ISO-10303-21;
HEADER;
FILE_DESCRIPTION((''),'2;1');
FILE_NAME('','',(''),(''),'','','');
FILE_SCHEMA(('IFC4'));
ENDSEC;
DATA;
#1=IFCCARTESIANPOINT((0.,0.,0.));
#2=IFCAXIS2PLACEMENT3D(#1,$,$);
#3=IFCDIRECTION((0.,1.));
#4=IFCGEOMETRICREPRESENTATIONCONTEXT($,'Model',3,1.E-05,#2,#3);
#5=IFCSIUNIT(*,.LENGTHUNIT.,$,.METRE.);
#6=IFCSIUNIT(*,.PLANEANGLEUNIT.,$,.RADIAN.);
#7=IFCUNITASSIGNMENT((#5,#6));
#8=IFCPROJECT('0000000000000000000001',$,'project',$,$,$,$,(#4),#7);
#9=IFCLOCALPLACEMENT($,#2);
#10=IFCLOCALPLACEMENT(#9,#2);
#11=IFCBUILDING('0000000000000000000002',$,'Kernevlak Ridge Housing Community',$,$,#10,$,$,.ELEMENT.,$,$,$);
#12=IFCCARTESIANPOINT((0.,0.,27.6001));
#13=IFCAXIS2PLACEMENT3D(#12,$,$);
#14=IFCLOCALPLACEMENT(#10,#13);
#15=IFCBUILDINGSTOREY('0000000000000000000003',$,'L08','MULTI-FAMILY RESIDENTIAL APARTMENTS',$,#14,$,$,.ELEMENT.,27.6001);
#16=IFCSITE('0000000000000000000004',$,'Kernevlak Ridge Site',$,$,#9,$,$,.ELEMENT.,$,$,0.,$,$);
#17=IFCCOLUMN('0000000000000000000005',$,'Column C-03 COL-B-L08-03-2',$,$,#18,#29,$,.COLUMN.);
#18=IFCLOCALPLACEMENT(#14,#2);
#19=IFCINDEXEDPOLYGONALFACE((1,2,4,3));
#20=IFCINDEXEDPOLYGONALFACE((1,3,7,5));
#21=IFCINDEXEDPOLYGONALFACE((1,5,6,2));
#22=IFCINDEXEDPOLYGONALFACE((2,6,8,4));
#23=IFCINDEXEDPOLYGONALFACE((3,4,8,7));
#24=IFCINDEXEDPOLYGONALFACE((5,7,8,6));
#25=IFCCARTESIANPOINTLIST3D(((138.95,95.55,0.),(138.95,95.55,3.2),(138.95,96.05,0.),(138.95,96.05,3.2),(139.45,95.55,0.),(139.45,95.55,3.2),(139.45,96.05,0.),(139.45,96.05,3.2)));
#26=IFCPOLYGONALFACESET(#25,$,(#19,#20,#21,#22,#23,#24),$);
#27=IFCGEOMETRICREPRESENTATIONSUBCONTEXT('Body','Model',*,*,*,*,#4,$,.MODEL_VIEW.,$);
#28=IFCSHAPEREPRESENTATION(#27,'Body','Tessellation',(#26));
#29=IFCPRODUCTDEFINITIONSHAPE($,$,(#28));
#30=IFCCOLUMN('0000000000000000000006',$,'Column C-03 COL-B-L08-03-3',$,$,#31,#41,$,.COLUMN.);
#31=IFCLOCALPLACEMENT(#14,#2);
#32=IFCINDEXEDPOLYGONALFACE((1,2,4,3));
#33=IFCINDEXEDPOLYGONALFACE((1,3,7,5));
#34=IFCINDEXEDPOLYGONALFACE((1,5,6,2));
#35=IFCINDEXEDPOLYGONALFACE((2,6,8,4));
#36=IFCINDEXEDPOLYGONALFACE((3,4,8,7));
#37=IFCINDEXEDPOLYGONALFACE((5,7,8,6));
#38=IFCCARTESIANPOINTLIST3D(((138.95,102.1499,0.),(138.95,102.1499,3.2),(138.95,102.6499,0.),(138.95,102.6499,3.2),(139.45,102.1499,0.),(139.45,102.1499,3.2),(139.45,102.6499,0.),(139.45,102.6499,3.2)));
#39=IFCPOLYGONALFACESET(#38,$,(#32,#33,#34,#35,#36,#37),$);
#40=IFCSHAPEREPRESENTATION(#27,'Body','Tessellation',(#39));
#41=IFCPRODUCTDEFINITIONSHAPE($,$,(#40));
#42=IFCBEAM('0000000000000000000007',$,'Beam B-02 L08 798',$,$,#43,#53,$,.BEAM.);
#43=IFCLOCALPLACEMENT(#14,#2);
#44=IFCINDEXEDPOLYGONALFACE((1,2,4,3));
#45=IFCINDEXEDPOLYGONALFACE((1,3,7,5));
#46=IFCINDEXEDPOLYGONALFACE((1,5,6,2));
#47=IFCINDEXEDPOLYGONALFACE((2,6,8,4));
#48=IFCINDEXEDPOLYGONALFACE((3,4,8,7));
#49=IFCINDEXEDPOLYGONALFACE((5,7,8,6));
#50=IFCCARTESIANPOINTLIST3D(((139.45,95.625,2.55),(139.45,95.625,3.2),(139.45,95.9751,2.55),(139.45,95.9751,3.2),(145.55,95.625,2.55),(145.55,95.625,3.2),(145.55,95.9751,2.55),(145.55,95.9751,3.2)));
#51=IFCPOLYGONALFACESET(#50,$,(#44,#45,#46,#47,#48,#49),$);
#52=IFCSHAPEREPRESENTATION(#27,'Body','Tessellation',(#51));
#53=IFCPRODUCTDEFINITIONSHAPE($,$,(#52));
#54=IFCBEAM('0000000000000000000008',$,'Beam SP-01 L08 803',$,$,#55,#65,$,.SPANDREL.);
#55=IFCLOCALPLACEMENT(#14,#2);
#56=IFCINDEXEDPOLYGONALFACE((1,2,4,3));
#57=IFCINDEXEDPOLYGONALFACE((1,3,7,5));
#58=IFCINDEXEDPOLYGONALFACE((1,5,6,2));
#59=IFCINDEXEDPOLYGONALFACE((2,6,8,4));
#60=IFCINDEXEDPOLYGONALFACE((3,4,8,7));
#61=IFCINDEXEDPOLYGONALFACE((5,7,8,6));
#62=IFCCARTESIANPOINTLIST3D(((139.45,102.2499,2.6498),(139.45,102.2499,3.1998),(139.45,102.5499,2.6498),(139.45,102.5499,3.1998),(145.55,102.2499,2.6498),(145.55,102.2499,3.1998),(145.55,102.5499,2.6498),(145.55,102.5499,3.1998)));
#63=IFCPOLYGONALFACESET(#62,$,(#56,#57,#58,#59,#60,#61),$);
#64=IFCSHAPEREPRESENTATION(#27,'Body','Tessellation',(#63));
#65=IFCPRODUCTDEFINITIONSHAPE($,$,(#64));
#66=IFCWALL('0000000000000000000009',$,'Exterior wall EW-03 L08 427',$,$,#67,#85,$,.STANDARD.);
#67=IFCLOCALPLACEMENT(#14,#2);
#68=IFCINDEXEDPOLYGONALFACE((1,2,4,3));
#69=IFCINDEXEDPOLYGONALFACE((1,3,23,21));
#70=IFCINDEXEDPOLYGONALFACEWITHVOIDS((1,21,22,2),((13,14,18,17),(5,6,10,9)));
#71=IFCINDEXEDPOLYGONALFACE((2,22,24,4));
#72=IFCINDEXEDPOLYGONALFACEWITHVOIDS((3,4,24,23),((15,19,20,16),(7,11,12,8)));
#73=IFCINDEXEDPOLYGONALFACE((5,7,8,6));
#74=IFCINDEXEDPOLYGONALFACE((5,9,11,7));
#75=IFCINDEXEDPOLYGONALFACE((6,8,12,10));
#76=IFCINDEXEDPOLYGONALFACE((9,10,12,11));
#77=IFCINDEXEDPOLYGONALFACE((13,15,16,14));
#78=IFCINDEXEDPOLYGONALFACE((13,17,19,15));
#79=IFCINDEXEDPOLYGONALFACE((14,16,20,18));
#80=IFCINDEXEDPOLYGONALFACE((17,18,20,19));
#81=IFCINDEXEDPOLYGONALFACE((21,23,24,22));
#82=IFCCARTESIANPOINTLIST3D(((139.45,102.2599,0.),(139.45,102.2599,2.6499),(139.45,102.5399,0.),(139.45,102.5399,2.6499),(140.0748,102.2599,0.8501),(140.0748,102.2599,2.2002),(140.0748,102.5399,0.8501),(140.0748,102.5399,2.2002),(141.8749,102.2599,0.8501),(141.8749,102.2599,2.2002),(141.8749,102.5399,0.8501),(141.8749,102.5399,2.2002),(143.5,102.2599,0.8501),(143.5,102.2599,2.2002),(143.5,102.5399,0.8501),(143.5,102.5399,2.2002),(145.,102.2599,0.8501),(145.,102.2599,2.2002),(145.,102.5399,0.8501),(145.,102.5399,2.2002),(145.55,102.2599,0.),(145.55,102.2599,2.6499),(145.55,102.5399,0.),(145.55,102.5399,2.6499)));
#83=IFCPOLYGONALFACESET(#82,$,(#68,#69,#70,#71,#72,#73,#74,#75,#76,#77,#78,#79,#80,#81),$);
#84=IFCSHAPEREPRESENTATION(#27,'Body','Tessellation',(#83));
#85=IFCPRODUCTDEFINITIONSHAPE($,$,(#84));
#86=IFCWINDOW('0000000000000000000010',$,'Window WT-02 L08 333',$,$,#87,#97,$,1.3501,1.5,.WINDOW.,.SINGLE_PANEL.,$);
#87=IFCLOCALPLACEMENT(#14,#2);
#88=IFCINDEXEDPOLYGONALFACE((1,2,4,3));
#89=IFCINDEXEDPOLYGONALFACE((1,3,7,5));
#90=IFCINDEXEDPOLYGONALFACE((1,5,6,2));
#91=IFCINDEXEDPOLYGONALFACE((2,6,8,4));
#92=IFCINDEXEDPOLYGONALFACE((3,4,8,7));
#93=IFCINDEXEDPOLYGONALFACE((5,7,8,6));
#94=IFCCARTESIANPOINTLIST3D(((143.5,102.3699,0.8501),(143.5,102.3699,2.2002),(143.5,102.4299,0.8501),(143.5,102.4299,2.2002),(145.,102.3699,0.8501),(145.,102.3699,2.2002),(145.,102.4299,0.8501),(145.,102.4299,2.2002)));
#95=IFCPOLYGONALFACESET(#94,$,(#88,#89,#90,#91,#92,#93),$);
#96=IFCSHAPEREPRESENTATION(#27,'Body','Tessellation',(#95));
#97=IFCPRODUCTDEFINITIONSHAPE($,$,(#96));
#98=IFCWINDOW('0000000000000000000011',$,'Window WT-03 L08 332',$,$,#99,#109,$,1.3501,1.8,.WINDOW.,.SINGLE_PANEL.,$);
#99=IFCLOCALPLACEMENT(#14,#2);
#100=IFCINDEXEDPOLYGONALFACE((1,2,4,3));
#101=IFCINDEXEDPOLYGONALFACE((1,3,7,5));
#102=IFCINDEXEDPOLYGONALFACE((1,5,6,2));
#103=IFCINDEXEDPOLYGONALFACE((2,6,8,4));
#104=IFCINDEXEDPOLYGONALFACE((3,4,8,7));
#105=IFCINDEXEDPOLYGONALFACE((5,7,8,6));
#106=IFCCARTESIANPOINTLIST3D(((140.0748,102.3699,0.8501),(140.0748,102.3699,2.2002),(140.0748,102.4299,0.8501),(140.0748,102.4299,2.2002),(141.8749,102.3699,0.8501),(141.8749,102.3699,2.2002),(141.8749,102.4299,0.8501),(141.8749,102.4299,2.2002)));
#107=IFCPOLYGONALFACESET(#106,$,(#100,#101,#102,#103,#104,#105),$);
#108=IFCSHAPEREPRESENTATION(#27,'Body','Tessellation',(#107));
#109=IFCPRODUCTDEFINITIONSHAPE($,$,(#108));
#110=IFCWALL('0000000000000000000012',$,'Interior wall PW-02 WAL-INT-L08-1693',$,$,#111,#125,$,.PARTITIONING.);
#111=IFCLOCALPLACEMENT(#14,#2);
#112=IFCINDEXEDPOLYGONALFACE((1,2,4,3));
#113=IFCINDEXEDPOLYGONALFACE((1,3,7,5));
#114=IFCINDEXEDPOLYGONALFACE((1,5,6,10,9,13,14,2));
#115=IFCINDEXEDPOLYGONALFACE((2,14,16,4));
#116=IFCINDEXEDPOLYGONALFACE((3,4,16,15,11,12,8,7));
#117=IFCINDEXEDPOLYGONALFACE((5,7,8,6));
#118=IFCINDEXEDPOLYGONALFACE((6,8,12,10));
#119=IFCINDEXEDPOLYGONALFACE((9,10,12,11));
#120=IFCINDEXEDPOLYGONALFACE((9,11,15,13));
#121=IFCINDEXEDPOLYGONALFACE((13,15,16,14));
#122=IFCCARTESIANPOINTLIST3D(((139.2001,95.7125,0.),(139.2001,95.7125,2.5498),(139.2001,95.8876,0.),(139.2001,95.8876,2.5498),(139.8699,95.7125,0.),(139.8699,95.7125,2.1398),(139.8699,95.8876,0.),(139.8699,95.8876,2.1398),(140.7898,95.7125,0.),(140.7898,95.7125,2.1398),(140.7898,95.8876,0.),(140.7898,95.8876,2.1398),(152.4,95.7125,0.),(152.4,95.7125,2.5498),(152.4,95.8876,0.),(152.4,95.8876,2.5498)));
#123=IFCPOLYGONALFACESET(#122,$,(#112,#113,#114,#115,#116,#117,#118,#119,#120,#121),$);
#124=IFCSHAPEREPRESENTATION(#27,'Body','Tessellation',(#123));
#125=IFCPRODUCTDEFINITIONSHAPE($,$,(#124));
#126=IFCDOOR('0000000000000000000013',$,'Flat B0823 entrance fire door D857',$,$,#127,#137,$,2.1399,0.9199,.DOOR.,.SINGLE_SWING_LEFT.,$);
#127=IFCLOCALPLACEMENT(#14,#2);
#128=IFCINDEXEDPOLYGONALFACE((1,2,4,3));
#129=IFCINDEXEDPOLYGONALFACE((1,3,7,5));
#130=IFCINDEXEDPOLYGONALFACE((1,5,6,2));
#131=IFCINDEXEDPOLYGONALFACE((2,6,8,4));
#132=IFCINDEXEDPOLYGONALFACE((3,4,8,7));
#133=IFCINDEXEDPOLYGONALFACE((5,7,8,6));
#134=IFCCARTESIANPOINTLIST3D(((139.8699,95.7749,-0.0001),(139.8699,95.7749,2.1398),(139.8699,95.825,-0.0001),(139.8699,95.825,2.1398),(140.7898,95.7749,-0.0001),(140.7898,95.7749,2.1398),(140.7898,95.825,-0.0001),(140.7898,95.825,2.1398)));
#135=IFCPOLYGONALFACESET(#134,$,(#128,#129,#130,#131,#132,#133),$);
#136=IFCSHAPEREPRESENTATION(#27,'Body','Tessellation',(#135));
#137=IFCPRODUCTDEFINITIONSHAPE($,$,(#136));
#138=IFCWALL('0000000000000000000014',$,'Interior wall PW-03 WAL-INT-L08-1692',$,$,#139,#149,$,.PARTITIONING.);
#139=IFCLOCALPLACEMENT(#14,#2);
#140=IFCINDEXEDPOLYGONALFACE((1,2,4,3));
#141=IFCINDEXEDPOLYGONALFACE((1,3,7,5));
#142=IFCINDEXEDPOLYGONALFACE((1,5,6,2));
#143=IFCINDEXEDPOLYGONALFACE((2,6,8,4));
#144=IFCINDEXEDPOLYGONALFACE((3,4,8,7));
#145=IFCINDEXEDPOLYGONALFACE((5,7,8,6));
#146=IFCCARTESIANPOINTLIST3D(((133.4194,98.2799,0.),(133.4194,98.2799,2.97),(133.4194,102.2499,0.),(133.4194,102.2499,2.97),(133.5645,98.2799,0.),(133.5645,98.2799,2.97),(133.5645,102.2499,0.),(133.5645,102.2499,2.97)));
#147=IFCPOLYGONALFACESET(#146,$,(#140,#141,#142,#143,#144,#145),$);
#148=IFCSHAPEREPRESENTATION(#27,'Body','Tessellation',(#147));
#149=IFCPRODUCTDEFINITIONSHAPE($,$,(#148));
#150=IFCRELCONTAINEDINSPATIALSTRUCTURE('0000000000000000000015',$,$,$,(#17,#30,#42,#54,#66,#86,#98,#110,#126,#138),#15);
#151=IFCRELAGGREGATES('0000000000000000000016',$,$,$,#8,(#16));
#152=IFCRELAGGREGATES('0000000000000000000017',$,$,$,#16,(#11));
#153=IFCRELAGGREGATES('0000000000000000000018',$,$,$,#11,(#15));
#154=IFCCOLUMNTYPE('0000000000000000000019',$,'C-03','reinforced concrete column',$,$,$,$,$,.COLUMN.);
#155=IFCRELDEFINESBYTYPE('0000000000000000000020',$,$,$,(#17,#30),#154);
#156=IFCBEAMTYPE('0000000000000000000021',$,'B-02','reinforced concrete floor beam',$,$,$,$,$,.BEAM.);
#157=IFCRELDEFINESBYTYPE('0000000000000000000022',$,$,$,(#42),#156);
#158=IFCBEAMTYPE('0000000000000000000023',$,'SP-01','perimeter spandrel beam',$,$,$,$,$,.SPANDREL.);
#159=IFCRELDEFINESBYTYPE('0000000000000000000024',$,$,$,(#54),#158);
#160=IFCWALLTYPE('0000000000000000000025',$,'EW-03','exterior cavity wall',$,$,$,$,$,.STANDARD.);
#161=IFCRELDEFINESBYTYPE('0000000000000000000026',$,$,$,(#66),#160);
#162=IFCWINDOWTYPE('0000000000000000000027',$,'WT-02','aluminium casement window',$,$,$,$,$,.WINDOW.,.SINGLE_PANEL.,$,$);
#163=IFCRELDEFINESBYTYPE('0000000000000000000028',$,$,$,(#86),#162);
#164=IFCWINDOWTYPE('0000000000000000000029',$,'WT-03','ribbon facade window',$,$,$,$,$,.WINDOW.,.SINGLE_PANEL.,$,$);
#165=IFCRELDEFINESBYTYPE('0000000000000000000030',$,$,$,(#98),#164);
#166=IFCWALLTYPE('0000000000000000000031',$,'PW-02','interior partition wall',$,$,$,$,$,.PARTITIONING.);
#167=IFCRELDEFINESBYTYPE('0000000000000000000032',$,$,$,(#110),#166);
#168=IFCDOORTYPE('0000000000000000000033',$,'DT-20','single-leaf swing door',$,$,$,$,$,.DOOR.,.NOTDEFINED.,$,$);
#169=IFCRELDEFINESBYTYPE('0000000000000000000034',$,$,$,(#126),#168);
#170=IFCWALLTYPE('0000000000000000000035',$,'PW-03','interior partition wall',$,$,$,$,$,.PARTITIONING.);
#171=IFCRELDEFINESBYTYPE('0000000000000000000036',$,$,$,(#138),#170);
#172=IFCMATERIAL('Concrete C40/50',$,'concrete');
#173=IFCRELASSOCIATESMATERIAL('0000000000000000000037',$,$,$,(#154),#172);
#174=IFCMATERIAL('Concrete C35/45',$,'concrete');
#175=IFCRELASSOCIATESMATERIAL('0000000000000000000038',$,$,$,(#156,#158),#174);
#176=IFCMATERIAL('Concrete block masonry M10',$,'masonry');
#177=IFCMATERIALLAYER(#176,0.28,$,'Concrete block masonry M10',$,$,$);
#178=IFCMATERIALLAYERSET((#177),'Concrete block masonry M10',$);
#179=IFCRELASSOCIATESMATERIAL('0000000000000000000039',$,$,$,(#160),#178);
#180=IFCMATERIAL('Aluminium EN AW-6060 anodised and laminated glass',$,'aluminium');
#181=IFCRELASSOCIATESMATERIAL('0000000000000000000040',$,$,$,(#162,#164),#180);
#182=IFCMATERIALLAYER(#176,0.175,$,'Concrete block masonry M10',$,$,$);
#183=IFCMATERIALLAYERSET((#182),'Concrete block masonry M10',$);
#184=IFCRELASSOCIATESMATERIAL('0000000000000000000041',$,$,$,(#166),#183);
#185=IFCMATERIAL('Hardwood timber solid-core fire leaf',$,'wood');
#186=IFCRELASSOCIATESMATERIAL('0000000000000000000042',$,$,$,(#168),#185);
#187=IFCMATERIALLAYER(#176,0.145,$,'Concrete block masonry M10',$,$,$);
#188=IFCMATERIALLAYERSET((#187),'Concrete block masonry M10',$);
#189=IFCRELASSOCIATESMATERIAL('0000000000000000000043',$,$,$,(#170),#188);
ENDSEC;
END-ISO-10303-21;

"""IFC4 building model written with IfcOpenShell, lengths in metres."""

from ifc_helpers import new_model, si_unit, direction, frame, frame_2d, origin, origin_2d, place, context, subcontext, project, spatial, rectangle, extrude, material, layer, layer_set, material_profile, profile_set, type_object, element, fill, save


model = new_model("IFC4")

# Units and contexts
model_context = context("Model", 3, precision=1e-05, world=origin(), true_north=direction((0.0, 1.0)))
body_context = subcontext(model_context, "Body", "Model", "MODEL_VIEW")
ifc_project = project(units=[si_unit("LENGTHUNIT", "METRE"), si_unit("PLANEANGLEUNIT", "RADIAN")], contexts=[model_context])

# Site, building, storey
site_placement = place(None, origin())
site = spatial("IfcSite", under=ifc_project, at=site_placement, Name="Kernevlak Ridge Site", CompositionType="ELEMENT", RefElevation=0.0)
building_placement = place(site_placement, origin())
building = spatial("IfcBuilding", under=site, at=building_placement, Name="Kernevlak Ridge Housing Community", CompositionType="ELEMENT")
storey_placement = place(building_placement, frame((0.0, 0.0, 27.6001)))
storey = spatial("IfcBuildingStorey", under=building, at=storey_placement, Name="L08", Description="MULTI-FAMILY RESIDENTIAL APARTMENTS", CompositionType="ELEMENT", Elevation=27.6001)

# Columns
ifc_material_1 = material(Name="Concrete C40/50", Category="concrete")
ifc_material_profile_1 = material_profile(ifc_material_1, rectangle(XDim=0.5, YDim=0.5, at=origin_2d()), Name="RC 500x500")
ifc_profile_set_1 = profile_set([ifc_material_profile_1], Name="Concrete C40/50")
column_type = type_object("IfcColumnType", Name="C-03", Description="reinforced concrete column", PredefinedType="COLUMN", material=ifc_profile_set_1)
for number, where, z_axis, x_axis, name in (
    (1, (139.2, 95.8, 0.0), (0.0, 0.0, 1.0), (1.0, 0.0, 0.0), "Column C-03 COL-B-L08-03-2"),
    (2, (139.2, 102.3999, 0.0), (0.0, 0.0, 1.0), (1.0, 0.0, 0.0), "Column C-03 COL-B-L08-03-3"),
):
    element("IfcColumn", number, at=place(storey_placement, frame(where, z_axis=z_axis, x_axis=x_axis)), inside=storey, type_object=column_type, Name=name, PredefinedType="COLUMN", context=body_context, shape_type="SweptSolid", body=[
        extrude(rectangle(XDim=0.5, YDim=0.5, at=origin_2d()), origin(), (0.0, 0.0, 1.0), 3.2),
    ])

# Beams
ifc_material_2 = material(Name="Concrete C35/45", Category="concrete")
ifc_material_profile_2 = material_profile(ifc_material_2, rectangle(XDim=0.3501, YDim=0.6499, at=origin_2d()), Name="RC 350x650")
ifc_profile_set_2 = profile_set([ifc_material_profile_2], Name="Concrete C35/45")
beam_type_1 = type_object("IfcBeamType", Name="B-02", Description="reinforced concrete floor beam", PredefinedType="BEAM", material=ifc_profile_set_2)
beam_1_placement = place(storey_placement, frame((139.45, 95.8, 2.875), z_axis=(1.0, 0.0, 0.0), x_axis=(0.0, 1.0, 0.0)))
element("IfcBeam", 3, at=beam_1_placement, inside=storey, type_object=beam_type_1, Name="Beam B-02 L08 798", PredefinedType="BEAM", context=body_context, shape_type="SweptSolid", body=[
    extrude(rectangle(XDim=0.3501, YDim=0.6499, at=origin_2d()), origin(), (0.0, 0.0, 1.0), 6.1001),
])
ifc_material_profile_3 = material_profile(ifc_material_2, rectangle(XDim=0.3, YDim=0.55, at=origin_2d()), Name="RC 300x550")
ifc_profile_set_3 = profile_set([ifc_material_profile_3], Name="Concrete C35/45")
beam_type_2 = type_object("IfcBeamType", Name="SP-01", Description="perimeter spandrel beam", PredefinedType="SPANDREL", material=ifc_profile_set_3)
beam_2_placement = place(storey_placement, frame((139.45, 102.3999, 2.9248), z_axis=(1.0, 0.0, 0.0), x_axis=(0.0, 1.0, 0.0)))
element("IfcBeam", 4, at=beam_2_placement, inside=storey, type_object=beam_type_2, Name="Beam SP-01 L08 803", PredefinedType="SPANDREL", context=body_context, shape_type="SweptSolid", body=[
    extrude(rectangle(XDim=0.3, YDim=0.55, at=origin_2d()), origin(), (0.0, 0.0, 1.0), 6.1001),
])

# Wall, openings, windows
ifc_material_3 = material(Name="Concrete block masonry M10", Category="masonry")
ifc_layer_1 = layer(ifc_material_3, 0.28, Name="Concrete block masonry M10")
ifc_layer_set_1 = layer_set([ifc_layer_1], Name="Concrete block masonry M10")
wall_type_1 = type_object("IfcWallType", Name="EW-03", Description="exterior cavity wall", PredefinedType="STANDARD", material=ifc_layer_set_1)
wall_1_placement = place(storey_placement, frame((139.45, 102.3999, 0.0), z_axis=(0.0, 0.0, 1.0), x_axis=(1.0, 0.0, 0.0)))
wall_1 = element("IfcWall", 5, at=wall_1_placement, inside=storey, type_object=wall_type_1, Name="Exterior wall EW-03 L08 427", PredefinedType="STANDARD", context=body_context, shape_type="SweptSolid", body=[
    extrude(rectangle(XDim=6.1001, YDim=0.28, at=frame_2d((3.05, 0.0))), origin(), (0.0, 0.0, 1.0), 2.6499),
])
opening_1_placement = place(wall_1_placement, frame((0.625, 0.0, 0.8501)))
opening_1 = element("IfcOpeningElement", 6, at=opening_1_placement, cuts=wall_1, PredefinedType="OPENING", context=body_context, shape_type="SweptSolid", body=[
    extrude(rectangle(XDim=1.8, YDim=1.3501, at=frame_2d((0.8999, 0.675))), frame((0.0, 0.1499, 0.0), z_axis=(0.0, -1.0, 0.0), x_axis=(1.0, 0.0, 0.0)), (0.0, 0.0, 1.0), 0.3),
])
opening_2_placement = place(wall_1_placement, frame((4.05, 0.0, 0.8501)))
opening_2 = element("IfcOpeningElement", 7, at=opening_2_placement, cuts=wall_1, PredefinedType="OPENING", context=body_context, shape_type="SweptSolid", body=[
    extrude(rectangle(XDim=1.5, YDim=1.3501, at=frame_2d((0.75, 0.675))), frame((0.0, 0.1499, 0.0), z_axis=(0.0, -1.0, 0.0), x_axis=(1.0, 0.0, 0.0)), (0.0, 0.0, 1.0), 0.3),
])
ifc_material_4 = material(Name="Aluminium EN AW-6060 anodised and laminated glass", Category="aluminium")
window_type_1 = type_object("IfcWindowType", Name="WT-02", Description="aluminium casement window", PartitioningType="SINGLE_PANEL", PredefinedType="WINDOW", material=ifc_material_4)
window_1_placement = place(opening_2_placement, origin())
window_1 = element("IfcWindow", 8, at=window_1_placement, inside=storey, type_object=window_type_1, Name="Window WT-02 L08 333", OverallHeight=1.3501, OverallWidth=1.5, PartitioningType="SINGLE_PANEL", PredefinedType="WINDOW", context=body_context, shape_type="SweptSolid", body=[
    extrude(rectangle(XDim=1.5, YDim=1.3501, at=frame_2d((0.75, 0.675))), frame((0.0, 0.03, 0.0), z_axis=(0.0, -1.0, 0.0), x_axis=(1.0, 0.0, 0.0)), (0.0, 0.0, 1.0), 0.0601),
])
fill(opening_2, window_1)
window_type_2 = type_object("IfcWindowType", Name="WT-03", Description="ribbon facade window", PartitioningType="SINGLE_PANEL", PredefinedType="WINDOW", material=ifc_material_4)
window_2_placement = place(opening_1_placement, origin())
window_2 = element("IfcWindow", 9, at=window_2_placement, inside=storey, type_object=window_type_2, Name="Window WT-03 L08 332", OverallHeight=1.3501, OverallWidth=1.8, PartitioningType="SINGLE_PANEL", PredefinedType="WINDOW", context=body_context, shape_type="SweptSolid", body=[
    extrude(rectangle(XDim=1.8, YDim=1.3501, at=frame_2d((0.8999, 0.675))), frame((0.0, 0.03, 0.0), z_axis=(0.0, -1.0, 0.0), x_axis=(1.0, 0.0, 0.0)), (0.0, 0.0, 1.0), 0.0601),
])
fill(opening_1, window_2)

# Wall, opening, door
ifc_layer_2 = layer(ifc_material_3, 0.175, Name="Concrete block masonry M10")
ifc_layer_set_2 = layer_set([ifc_layer_2], Name="Concrete block masonry M10")
wall_type_2 = type_object("IfcWallType", Name="PW-02", Description="interior partition wall", PredefinedType="PARTITIONING", material=ifc_layer_set_2)
wall_2_placement = place(storey_placement, frame((139.2, 95.8, 0.0), z_axis=(0.0, 0.0, 1.0), x_axis=(1.0, 0.0, 0.0)))
wall_2 = element("IfcWall", 10, at=wall_2_placement, inside=storey, type_object=wall_type_2, Name="Interior wall PW-02 WAL-INT-L08-1693", PredefinedType="PARTITIONING", context=body_context, shape_type="SweptSolid", body=[
    extrude(rectangle(XDim=13.2, YDim=0.175, at=frame_2d((6.6001, 0.0))), origin(), (0.0, 0.0, 1.0), 2.5498),
])
opening_3_placement = place(wall_2_placement, frame((0.6699, 0.0, 0.0)))
opening_3 = element("IfcOpeningElement", 11, at=opening_3_placement, cuts=wall_2, PredefinedType="OPENING", context=body_context, shape_type="SweptSolid", body=[
    extrude(rectangle(XDim=0.9199, YDim=2.1399, at=frame_2d((0.46, 1.0698))), frame((0.0, 0.0974, 0.0), z_axis=(0.0, -1.0, 0.0), x_axis=(1.0, 0.0, 0.0)), (0.0, 0.0, 1.0), 0.1951),
])
ifc_material_5 = material(Name="Hardwood timber solid-core fire leaf", Category="wood")
door_type_1 = type_object("IfcDoorType", Name="DT-20", Description="single-leaf swing door", OperationType="NOTDEFINED", PredefinedType="DOOR", material=ifc_material_5)
door_1_placement = place(opening_3_placement, origin())
door_1 = element("IfcDoor", 12, at=door_1_placement, inside=storey, type_object=door_type_1, Name="Flat B0823 entrance fire door D857", OperationType="SINGLE_SWING_LEFT", OverallHeight=2.1399, OverallWidth=0.9199, PredefinedType="DOOR", context=body_context, shape_type="SweptSolid", body=[
    extrude(rectangle(XDim=0.9199, YDim=2.1399, at=frame_2d((0.46, 1.0698))), frame((0.0, 0.0249, 0.0), z_axis=(0.0, -1.0, 0.0), x_axis=(1.0, 0.0, 0.0)), (0.0, 0.0, 1.0), 0.05),
])
fill(opening_3, door_1)

# Wall
ifc_layer_3 = layer(ifc_material_3, 0.145, Name="Concrete block masonry M10")
ifc_layer_set_3 = layer_set([ifc_layer_3], Name="Concrete block masonry M10")
wall_type_3 = type_object("IfcWallType", Name="PW-03", Description="interior partition wall", PredefinedType="PARTITIONING", material=ifc_layer_set_3)
wall_3_placement = place(storey_placement, frame((133.4919, 98.28, 0.0), z_axis=(0.0, 0.0, 1.0), x_axis=(0.0, 1.0, 0.0)))
element("IfcWall", 13, at=wall_3_placement, inside=storey, type_object=wall_type_3, Name="Interior wall PW-03 WAL-INT-L08-1692", PredefinedType="PARTITIONING", context=body_context, shape_type="SweptSolid", body=[
    extrude(rectangle(XDim=3.97, YDim=0.145, at=frame_2d((1.9849, 0.0))), origin(), (0.0, 0.0, 1.0), 2.97),
])

save(model, "model.ifc")
